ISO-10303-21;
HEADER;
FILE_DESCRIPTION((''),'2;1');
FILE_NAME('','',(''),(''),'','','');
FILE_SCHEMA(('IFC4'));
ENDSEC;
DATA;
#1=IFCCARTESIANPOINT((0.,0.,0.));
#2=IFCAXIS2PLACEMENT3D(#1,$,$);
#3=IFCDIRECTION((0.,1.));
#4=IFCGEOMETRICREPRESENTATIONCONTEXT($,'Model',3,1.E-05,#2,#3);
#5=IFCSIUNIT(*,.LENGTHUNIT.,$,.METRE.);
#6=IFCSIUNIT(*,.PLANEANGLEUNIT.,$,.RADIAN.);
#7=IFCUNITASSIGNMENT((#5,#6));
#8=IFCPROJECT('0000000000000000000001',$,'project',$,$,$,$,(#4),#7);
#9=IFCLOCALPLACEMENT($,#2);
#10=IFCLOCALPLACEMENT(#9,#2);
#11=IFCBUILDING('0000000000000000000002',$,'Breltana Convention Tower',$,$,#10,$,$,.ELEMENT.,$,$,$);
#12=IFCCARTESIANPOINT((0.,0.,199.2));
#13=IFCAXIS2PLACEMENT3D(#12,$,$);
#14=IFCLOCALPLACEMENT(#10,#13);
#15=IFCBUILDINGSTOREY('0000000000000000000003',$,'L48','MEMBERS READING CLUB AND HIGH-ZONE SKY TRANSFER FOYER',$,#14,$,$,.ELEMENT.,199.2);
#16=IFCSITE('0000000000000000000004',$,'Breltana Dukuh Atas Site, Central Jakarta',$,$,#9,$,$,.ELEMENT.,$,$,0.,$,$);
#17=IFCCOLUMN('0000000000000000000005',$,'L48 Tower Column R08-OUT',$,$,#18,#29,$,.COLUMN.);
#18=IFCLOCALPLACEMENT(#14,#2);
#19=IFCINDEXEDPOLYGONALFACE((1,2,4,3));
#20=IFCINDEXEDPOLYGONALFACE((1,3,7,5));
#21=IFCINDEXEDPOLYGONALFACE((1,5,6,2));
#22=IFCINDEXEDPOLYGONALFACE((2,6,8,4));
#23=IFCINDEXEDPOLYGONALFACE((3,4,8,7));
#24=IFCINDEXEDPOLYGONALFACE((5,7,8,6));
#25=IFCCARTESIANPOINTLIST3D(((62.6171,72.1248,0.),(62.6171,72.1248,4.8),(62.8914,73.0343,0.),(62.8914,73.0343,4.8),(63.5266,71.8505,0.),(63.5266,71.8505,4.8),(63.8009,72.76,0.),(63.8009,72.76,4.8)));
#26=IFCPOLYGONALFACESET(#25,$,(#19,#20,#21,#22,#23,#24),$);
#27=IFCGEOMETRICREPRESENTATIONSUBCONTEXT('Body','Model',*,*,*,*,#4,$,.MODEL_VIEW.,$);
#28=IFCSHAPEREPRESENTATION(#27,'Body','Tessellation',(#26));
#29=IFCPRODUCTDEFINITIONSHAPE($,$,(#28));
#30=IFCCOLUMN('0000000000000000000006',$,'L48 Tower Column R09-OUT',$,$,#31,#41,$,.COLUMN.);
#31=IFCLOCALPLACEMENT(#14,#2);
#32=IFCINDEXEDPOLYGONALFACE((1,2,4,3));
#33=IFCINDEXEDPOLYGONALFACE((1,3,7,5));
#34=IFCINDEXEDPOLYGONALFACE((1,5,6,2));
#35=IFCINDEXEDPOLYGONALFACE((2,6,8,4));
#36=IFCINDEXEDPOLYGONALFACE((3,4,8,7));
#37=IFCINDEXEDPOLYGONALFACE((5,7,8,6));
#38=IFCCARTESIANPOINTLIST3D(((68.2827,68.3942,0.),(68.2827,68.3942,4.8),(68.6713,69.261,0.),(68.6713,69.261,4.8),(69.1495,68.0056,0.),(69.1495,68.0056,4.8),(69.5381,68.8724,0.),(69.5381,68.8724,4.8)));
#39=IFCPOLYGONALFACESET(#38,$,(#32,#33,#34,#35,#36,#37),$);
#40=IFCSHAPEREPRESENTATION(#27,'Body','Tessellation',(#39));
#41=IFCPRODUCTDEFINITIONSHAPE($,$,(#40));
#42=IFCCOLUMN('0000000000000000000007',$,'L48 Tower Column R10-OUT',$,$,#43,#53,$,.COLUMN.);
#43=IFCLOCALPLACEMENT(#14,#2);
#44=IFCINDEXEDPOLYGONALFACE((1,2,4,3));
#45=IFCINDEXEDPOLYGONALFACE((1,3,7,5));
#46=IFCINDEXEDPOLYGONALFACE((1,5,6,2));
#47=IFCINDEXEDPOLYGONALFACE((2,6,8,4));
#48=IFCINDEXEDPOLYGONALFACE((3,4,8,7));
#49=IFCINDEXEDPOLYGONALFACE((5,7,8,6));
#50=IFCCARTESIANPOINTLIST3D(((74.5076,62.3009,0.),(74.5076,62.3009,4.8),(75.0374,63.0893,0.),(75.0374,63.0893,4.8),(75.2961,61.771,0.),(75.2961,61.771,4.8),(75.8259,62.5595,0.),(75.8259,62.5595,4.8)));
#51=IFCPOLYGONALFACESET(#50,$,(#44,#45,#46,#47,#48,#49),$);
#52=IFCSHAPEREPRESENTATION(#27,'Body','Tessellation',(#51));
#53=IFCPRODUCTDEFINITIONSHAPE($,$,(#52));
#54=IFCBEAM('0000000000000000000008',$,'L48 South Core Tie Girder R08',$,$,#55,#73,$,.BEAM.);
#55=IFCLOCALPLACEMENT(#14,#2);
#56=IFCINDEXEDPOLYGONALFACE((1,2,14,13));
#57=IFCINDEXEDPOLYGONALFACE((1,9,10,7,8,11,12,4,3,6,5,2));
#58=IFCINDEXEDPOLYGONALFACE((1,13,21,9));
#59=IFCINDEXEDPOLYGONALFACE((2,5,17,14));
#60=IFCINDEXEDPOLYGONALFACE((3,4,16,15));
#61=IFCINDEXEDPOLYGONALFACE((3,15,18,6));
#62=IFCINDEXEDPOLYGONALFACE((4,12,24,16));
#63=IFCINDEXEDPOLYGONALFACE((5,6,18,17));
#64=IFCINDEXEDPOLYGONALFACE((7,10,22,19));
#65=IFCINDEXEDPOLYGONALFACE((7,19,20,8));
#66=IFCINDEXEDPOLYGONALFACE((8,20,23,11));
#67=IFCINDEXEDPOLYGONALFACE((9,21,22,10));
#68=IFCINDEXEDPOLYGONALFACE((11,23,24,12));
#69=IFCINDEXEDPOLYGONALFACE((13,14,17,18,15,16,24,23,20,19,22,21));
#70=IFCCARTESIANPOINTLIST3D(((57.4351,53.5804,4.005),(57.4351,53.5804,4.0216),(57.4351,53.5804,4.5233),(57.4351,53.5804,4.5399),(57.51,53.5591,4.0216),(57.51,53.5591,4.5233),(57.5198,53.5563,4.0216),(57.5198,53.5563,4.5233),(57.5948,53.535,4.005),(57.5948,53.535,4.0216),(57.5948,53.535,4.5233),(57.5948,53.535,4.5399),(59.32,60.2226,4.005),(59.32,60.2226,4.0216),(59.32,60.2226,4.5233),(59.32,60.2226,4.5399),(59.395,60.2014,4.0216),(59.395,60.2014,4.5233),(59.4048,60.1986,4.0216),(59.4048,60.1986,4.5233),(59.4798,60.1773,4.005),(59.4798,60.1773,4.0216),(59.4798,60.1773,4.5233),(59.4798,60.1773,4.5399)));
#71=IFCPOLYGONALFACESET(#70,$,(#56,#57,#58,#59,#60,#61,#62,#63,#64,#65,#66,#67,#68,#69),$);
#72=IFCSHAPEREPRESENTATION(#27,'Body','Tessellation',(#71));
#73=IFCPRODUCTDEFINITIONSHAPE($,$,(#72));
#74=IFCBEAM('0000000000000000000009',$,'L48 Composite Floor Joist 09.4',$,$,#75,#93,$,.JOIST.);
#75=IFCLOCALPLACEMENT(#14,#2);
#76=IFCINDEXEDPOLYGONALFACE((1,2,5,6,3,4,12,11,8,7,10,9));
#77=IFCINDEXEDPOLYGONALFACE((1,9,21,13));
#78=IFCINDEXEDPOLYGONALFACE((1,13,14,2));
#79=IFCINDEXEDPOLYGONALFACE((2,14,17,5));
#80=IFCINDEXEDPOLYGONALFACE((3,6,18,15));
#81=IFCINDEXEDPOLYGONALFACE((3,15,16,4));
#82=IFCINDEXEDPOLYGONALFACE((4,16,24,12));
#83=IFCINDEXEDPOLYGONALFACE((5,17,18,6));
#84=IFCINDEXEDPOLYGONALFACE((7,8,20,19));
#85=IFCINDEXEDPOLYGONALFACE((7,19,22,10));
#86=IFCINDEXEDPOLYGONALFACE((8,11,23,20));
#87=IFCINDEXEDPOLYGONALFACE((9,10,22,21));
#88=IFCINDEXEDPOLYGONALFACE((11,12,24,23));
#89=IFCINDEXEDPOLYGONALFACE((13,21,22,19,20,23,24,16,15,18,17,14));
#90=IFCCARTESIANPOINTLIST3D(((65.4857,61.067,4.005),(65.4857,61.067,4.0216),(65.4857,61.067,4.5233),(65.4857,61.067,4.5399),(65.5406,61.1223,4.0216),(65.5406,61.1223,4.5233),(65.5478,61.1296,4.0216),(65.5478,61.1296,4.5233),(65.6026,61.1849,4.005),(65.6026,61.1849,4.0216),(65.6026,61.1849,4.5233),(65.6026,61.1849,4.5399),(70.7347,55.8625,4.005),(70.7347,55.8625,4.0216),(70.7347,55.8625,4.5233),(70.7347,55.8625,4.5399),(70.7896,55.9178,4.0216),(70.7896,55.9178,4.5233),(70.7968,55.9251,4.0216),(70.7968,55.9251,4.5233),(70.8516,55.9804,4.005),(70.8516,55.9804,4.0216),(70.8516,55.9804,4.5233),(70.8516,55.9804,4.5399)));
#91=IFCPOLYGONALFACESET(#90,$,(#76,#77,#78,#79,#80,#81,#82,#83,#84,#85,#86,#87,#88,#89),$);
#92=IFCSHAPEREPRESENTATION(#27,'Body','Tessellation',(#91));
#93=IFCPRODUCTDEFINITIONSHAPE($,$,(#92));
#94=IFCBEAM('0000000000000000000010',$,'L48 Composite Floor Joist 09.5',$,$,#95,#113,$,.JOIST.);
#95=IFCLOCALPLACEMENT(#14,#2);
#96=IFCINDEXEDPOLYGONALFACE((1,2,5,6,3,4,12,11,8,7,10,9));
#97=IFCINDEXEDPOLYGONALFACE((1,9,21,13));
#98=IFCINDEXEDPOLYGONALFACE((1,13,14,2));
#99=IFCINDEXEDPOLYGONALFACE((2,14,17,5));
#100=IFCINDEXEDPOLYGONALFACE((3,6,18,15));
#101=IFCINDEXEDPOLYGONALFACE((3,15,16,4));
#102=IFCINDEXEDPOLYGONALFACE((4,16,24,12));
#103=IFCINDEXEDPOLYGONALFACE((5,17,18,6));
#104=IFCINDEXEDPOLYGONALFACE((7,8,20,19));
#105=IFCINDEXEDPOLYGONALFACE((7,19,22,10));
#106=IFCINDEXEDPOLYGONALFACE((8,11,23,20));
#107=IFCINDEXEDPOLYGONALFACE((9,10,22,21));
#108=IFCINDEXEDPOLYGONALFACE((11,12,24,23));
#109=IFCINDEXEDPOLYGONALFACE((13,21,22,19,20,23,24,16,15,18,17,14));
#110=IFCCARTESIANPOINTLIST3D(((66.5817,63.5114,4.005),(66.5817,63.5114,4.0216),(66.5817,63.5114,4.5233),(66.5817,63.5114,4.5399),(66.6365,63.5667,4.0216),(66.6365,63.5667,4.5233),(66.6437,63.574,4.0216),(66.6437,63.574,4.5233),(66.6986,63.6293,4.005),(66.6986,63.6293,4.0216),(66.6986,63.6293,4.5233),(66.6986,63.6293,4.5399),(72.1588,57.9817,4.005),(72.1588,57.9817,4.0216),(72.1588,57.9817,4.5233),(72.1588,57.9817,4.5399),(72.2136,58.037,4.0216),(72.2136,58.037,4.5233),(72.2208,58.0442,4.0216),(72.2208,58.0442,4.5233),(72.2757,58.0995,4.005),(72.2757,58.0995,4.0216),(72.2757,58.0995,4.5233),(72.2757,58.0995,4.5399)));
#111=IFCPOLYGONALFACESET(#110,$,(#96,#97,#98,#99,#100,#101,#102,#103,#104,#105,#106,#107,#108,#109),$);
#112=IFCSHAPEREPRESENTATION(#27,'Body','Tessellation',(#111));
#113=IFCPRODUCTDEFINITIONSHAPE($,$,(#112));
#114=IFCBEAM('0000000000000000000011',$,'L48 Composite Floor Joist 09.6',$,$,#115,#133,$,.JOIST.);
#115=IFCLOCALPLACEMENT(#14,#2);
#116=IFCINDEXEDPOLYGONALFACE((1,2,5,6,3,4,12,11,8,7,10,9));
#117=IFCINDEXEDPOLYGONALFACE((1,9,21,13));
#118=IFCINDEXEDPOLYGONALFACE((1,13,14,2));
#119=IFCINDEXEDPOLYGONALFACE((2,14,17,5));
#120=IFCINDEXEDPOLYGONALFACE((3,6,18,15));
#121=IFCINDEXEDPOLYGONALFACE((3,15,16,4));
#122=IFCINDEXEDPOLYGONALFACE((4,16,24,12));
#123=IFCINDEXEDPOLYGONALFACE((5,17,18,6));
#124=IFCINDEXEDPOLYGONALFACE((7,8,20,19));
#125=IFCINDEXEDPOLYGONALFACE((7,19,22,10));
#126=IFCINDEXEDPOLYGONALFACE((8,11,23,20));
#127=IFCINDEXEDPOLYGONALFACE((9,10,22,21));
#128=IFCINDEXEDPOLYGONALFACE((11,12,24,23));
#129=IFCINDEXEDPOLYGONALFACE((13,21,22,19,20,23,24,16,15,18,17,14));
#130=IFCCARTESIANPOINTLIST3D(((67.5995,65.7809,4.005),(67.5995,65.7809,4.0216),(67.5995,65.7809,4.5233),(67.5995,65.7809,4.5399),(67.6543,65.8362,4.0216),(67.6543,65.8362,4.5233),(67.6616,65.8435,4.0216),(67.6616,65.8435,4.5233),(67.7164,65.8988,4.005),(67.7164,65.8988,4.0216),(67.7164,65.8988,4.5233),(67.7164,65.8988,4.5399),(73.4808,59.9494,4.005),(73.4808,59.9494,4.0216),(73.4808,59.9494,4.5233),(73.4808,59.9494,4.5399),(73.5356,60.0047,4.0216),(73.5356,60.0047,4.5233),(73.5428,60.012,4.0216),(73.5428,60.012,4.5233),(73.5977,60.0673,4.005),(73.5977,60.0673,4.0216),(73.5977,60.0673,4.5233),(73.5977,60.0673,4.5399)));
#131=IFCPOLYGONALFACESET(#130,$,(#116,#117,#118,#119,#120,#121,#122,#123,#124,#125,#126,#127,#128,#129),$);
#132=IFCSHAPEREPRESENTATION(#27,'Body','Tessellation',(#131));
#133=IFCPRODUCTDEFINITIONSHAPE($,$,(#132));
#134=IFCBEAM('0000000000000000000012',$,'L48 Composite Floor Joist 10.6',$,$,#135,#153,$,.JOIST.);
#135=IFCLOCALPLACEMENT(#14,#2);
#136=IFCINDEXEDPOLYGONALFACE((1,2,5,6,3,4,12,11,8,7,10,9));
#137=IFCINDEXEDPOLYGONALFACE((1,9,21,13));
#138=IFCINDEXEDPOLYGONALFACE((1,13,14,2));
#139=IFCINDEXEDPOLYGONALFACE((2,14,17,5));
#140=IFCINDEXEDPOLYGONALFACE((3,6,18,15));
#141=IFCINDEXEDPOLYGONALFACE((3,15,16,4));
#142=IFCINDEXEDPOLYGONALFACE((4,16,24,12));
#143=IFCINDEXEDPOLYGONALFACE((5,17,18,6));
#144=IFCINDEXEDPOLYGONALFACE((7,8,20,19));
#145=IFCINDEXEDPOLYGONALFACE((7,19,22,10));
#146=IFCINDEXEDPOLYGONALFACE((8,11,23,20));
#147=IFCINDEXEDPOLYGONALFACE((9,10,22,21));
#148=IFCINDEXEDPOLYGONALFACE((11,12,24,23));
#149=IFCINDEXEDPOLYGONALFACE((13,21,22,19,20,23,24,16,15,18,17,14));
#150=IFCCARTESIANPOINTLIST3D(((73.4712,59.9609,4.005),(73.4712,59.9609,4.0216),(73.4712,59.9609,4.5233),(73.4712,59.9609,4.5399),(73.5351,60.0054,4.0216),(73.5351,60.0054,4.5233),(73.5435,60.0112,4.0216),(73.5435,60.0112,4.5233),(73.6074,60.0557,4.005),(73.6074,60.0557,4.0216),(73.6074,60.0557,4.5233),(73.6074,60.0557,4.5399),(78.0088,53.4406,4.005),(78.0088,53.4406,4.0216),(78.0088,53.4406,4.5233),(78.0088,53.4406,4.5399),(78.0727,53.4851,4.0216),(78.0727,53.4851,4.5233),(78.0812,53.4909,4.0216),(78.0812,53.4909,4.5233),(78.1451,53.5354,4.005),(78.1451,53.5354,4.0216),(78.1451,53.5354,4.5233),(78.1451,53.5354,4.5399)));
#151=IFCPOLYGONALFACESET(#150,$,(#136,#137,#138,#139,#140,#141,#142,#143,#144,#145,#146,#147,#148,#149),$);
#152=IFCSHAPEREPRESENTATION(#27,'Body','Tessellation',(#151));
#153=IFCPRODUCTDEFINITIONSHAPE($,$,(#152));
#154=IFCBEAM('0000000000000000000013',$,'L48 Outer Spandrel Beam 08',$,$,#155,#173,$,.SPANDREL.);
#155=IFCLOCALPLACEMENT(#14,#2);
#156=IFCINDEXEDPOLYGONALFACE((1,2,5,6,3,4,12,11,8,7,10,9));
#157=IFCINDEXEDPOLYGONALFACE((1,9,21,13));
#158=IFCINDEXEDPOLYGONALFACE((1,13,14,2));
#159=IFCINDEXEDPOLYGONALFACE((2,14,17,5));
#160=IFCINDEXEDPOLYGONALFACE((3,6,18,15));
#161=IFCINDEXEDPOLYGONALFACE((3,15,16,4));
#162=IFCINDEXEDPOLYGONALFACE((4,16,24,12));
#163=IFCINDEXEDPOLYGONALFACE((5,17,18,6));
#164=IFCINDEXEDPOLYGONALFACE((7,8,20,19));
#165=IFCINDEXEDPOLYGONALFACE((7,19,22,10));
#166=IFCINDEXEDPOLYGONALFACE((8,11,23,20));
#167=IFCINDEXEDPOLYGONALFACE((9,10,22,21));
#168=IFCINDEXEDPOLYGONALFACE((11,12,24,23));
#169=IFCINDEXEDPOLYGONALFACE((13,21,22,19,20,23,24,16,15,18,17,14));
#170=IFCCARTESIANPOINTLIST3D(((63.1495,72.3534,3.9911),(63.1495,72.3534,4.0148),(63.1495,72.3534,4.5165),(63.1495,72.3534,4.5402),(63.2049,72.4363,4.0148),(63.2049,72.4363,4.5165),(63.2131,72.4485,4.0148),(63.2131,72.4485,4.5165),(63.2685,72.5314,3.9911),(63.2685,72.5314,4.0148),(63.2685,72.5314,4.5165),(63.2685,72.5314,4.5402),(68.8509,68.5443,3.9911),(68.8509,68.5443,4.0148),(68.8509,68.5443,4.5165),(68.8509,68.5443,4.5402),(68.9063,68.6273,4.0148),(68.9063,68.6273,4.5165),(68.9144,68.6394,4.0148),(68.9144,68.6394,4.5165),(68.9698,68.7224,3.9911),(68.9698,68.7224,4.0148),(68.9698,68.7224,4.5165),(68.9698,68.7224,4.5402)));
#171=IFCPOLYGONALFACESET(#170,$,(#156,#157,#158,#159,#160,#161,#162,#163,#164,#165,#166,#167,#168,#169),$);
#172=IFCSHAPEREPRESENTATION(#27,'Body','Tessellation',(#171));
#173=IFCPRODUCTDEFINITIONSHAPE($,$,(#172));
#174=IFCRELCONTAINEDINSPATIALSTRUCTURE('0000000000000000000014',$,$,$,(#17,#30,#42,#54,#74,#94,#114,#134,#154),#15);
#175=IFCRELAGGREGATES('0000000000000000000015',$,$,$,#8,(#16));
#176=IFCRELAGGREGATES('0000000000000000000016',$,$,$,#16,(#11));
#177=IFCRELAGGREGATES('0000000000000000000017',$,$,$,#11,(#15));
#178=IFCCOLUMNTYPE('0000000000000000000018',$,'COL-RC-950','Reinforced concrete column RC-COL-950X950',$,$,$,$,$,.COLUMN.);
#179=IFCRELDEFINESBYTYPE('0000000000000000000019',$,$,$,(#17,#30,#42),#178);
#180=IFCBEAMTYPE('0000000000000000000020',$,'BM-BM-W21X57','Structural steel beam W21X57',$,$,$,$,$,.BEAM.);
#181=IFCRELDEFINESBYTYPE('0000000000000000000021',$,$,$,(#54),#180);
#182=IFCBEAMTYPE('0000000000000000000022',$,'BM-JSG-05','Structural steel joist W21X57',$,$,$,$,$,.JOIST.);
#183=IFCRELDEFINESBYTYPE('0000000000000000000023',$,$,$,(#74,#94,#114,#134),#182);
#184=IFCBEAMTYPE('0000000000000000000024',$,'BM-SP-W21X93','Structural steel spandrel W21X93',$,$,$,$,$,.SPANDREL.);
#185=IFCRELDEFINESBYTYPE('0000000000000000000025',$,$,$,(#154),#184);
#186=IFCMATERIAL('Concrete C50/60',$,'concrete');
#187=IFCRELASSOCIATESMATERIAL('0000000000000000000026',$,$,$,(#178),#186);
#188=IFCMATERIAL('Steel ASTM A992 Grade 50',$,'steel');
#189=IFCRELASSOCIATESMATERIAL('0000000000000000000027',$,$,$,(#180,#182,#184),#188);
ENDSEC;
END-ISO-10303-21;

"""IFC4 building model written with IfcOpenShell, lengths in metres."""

from ifc_helpers import new_model, si_unit, direction, frame, origin, origin_2d, place, context, subcontext, project, spatial, rectangle, i_section, extrude, source, transform, mapped, material, material_profile, profile_set, type_object, type_shapes, element, save


model = new_model("IFC4")

# Units and contexts
model_context = context("Model", 3, precision=1e-05, world=origin(), true_north=direction((0.0, 1.0)))
body_context = subcontext(model_context, "Body", "Model", "MODEL_VIEW")
ifc_project = project(units=[si_unit("LENGTHUNIT", "METRE"), si_unit("PLANEANGLEUNIT", "RADIAN")], contexts=[model_context])

# Site, building, storey
site_placement = place(None, origin())
site = spatial("IfcSite", under=ifc_project, at=site_placement, Name="Breltana Dukuh Atas Site, Central Jakarta", CompositionType="ELEMENT", RefElevation=0.0)
building_placement = place(site_placement, origin())
building = spatial("IfcBuilding", under=site, at=building_placement, Name="Breltana Convention Tower", CompositionType="ELEMENT")
storey_placement = place(building_placement, frame((0.0, 0.0, 199.2)))
storey = spatial("IfcBuildingStorey", under=building, at=storey_placement, Name="L48", Description="MEMBERS READING CLUB AND HIGH-ZONE SKY TRANSFER FOYER", CompositionType="ELEMENT", Elevation=199.2)

# Columns
ifc_material_1 = material(Name="Concrete C50/60", Category="concrete")
ifc_material_profile_1 = material_profile(ifc_material_1, rectangle(XDim=0.95, YDim=0.95, at=origin_2d()), Name="RC-COL-950X950")
ifc_profile_set_1 = profile_set([ifc_material_profile_1], Name="Concrete C50/60")
column_type = type_object("IfcColumnType", Name="COL-RC-950", Description="Reinforced concrete column RC-COL-950X950", PredefinedType="COLUMN", material=ifc_profile_set_1)
shared_shape_1 = source(origin(), body_context, "Body", "SweptSolid", [
    extrude(rectangle(XDim=0.95, YDim=0.95, at=origin_2d()), origin(), (0.0, 0.0, 1.0), 4.8),
])
type_shapes(column_type, [shared_shape_1])
for number, where, z_axis, x_axis, name in (
    (1, (63.209, 72.4424, 0.0), (0.0, 0.0, 1.0), (0.288698, 0.95742, 0.0), "L48 Tower Column R08-OUT"),
    (2, (68.9104, 68.6333, 0.0), (0.0, 0.0, 1.0), (0.409127, 0.912477, 0.0), "L48 Tower Column R09-OUT"),
    (3, (75.1667, 62.4302, 0.0), (0.0, 0.0, 1.0), (0.557745, 0.830012, 0.0), "L48 Tower Column R10-OUT"),
):
    element("IfcColumn", number, at=place(storey_placement, frame(where, z_axis=z_axis, x_axis=x_axis)), inside=storey, type_object=column_type, Name=name, PredefinedType="COLUMN", context=body_context, shape_type="MappedRepresentation", body=[
        mapped(shared_shape_1, transform((0.0, 0.0, 0.0), scale=1.0)),
    ])

# Beams
ifc_material_2 = material(Name="Steel ASTM A992 Grade 50", Category="steel")
ifc_material_profile_2 = material_profile(ifc_material_2, i_section(OverallWidth=0.166, OverallDepth=0.5349, WebThickness=0.0103, FlangeThickness=0.0166, at=origin_2d()), Name="W21X57")
ifc_profile_set_2 = profile_set([ifc_material_profile_2], Name="Steel ASTM A992 Grade 50")
beam_type_1 = type_object("IfcBeamType", Name="BM-BM-W21X57", Description="Structural steel beam W21X57", PredefinedType="BEAM", material=ifc_profile_set_2)
shared_shape_2 = source(origin(), body_context, "Body", "SweptSolid", [
    extrude(i_section(OverallWidth=0.166, OverallDepth=0.5349, WebThickness=0.0103, FlangeThickness=0.0166, at=origin_2d()), origin(), (0.0, 0.0, 1.0), 6.9045),
])
type_shapes(beam_type_1, [shared_shape_2])
beam_1_placement = place(storey_placement, frame((59.3999, 60.2, 4.2725), z_axis=(-0.273007, -0.962012, 0.0), x_axis=(0.962012, -0.273007, 0.0)))
element("IfcBeam", 4, at=beam_1_placement, inside=storey, type_object=beam_type_1, Name="L48 South Core Tie Girder R08", PredefinedType="BEAM", context=body_context, shape_type="MappedRepresentation", body=[
    mapped(shared_shape_2, transform((0.0, 0.0, 0.0), scale=1.0)),
])
ifc_material_profile_3 = material_profile(ifc_material_2, i_section(OverallWidth=0.166, OverallDepth=0.5349, WebThickness=0.0103, FlangeThickness=0.0166, at=origin_2d()), Name="W21X57")
ifc_profile_set_3 = profile_set([ifc_material_profile_3], Name="Steel ASTM A992 Grade 50")
beam_type_2 = type_object("IfcBeamType", Name="BM-JSG-05", Description="Structural steel joist W21X57", PredefinedType="JOIST", material=ifc_profile_set_3)
shared_shape_3 = source(origin(), body_context, "Body", "SweptSolid", [
    extrude(i_section(OverallWidth=0.166, OverallDepth=0.5349, WebThickness=0.0103, FlangeThickness=0.0166, at=origin_2d()), origin(), (0.0, 0.0, 1.0), 7.3918),
])
beam_2_placement = place(storey_placement, frame((65.5442, 61.126, 4.2725), z_axis=(0.710106, -0.704095, 0.0), x_axis=(0.704095, 0.710106, 0.0)))
element("IfcBeam", 5, at=beam_2_placement, inside=storey, type_object=beam_type_2, Name="L48 Composite Floor Joist 09.4", PredefinedType="JOIST", context=body_context, shape_type="MappedRepresentation", body=[
    mapped(shared_shape_3, transform((0.0, 0.0, 0.0), scale=1.0)),
])
shared_shape_4 = source(origin(), body_context, "Body", "SweptSolid", [
    extrude(i_section(OverallWidth=0.166, OverallDepth=0.5349, WebThickness=0.0103, FlangeThickness=0.0166, at=origin_2d()), origin(), (0.0, 0.0, 1.0), 7.8538),
])
beam_3_placement = place(storey_placement, frame((66.6401, 63.5703, 4.2725), z_axis=(0.710116, -0.704085, 0.0), x_axis=(0.704085, 0.710116, 0.0)))
element("IfcBeam", 6, at=beam_3_placement, inside=storey, type_object=beam_type_2, Name="L48 Composite Floor Joist 09.5", PredefinedType="JOIST", context=body_context, shape_type="MappedRepresentation", body=[
    mapped(shared_shape_4, transform((0.0, 0.0, 0.0), scale=1.0)),
])
shared_shape_5 = source(origin(), body_context, "Body", "SweptSolid", [
    extrude(i_section(OverallWidth=0.166, OverallDepth=0.5349, WebThickness=0.0103, FlangeThickness=0.0166, at=origin_2d()), origin(), (0.0, 0.0, 1.0), 8.2822),
])
beam_4_placement = place(storey_placement, frame((67.658, 65.8398, 4.2725), z_axis=(0.710107, -0.704094, 0.0), x_axis=(0.704094, 0.710107, 0.0)))
element("IfcBeam", 7, at=beam_4_placement, inside=storey, type_object=beam_type_2, Name="L48 Composite Floor Joist 09.6", PredefinedType="JOIST", context=body_context, shape_type="MappedRepresentation", body=[
    mapped(shared_shape_5, transform((0.0, 0.0, 0.0), scale=1.0)),
])
shared_shape_6 = source(origin(), body_context, "Body", "SweptSolid", [
    extrude(i_section(OverallWidth=0.166, OverallDepth=0.5349, WebThickness=0.0103, FlangeThickness=0.0166, at=origin_2d()), origin(), (0.0, 0.0, 1.0), 7.9438),
])
beam_5_placement = place(storey_placement, frame((73.5393, 60.0083, 4.2725), z_axis=(0.571214, -0.820801, 0.0), x_axis=(0.820801, 0.571214, 0.0)))
element("IfcBeam", 8, at=beam_5_placement, inside=storey, type_object=beam_type_2, Name="L48 Composite Floor Joist 10.6", PredefinedType="JOIST", context=body_context, shape_type="MappedRepresentation", body=[
    mapped(shared_shape_6, transform((0.0, 0.0, 0.0), scale=1.0)),
])
ifc_material_profile_4 = material_profile(ifc_material_2, i_section(OverallWidth=0.2141, OverallDepth=0.5491, WebThickness=0.0146, FlangeThickness=0.0237, at=origin_2d()), Name="W21X93")
ifc_profile_set_4 = profile_set([ifc_material_profile_4], Name="Steel ASTM A992 Grade 50")
beam_type_3 = type_object("IfcBeamType", Name="BM-SP-W21X93", Description="Structural steel spandrel W21X93", PredefinedType="SPANDREL", material=ifc_profile_set_4)
shared_shape_7 = source(origin(), body_context, "Body", "SweptSolid", [
    extrude(i_section(OverallWidth=0.2141, OverallDepth=0.5491, WebThickness=0.0146, FlangeThickness=0.0237, at=origin_2d()), origin(), (0.0, 0.0, 1.0), 6.8567),
])
beam_6_placement = place(storey_placement, frame((63.209, 72.4424, 4.2656), z_axis=(0.831502, -0.555522, 0.0), x_axis=(0.555522, 0.831502, 0.0)))
element("IfcBeam", 9, at=beam_6_placement, inside=storey, type_object=beam_type_3, Name="L48 Outer Spandrel Beam 08", PredefinedType="SPANDREL", context=body_context, shape_type="MappedRepresentation", body=[
    mapped(shared_shape_7, transform((0.0, 0.0, 0.0), scale=1.0)),
])

save(model, "model.ifc")
